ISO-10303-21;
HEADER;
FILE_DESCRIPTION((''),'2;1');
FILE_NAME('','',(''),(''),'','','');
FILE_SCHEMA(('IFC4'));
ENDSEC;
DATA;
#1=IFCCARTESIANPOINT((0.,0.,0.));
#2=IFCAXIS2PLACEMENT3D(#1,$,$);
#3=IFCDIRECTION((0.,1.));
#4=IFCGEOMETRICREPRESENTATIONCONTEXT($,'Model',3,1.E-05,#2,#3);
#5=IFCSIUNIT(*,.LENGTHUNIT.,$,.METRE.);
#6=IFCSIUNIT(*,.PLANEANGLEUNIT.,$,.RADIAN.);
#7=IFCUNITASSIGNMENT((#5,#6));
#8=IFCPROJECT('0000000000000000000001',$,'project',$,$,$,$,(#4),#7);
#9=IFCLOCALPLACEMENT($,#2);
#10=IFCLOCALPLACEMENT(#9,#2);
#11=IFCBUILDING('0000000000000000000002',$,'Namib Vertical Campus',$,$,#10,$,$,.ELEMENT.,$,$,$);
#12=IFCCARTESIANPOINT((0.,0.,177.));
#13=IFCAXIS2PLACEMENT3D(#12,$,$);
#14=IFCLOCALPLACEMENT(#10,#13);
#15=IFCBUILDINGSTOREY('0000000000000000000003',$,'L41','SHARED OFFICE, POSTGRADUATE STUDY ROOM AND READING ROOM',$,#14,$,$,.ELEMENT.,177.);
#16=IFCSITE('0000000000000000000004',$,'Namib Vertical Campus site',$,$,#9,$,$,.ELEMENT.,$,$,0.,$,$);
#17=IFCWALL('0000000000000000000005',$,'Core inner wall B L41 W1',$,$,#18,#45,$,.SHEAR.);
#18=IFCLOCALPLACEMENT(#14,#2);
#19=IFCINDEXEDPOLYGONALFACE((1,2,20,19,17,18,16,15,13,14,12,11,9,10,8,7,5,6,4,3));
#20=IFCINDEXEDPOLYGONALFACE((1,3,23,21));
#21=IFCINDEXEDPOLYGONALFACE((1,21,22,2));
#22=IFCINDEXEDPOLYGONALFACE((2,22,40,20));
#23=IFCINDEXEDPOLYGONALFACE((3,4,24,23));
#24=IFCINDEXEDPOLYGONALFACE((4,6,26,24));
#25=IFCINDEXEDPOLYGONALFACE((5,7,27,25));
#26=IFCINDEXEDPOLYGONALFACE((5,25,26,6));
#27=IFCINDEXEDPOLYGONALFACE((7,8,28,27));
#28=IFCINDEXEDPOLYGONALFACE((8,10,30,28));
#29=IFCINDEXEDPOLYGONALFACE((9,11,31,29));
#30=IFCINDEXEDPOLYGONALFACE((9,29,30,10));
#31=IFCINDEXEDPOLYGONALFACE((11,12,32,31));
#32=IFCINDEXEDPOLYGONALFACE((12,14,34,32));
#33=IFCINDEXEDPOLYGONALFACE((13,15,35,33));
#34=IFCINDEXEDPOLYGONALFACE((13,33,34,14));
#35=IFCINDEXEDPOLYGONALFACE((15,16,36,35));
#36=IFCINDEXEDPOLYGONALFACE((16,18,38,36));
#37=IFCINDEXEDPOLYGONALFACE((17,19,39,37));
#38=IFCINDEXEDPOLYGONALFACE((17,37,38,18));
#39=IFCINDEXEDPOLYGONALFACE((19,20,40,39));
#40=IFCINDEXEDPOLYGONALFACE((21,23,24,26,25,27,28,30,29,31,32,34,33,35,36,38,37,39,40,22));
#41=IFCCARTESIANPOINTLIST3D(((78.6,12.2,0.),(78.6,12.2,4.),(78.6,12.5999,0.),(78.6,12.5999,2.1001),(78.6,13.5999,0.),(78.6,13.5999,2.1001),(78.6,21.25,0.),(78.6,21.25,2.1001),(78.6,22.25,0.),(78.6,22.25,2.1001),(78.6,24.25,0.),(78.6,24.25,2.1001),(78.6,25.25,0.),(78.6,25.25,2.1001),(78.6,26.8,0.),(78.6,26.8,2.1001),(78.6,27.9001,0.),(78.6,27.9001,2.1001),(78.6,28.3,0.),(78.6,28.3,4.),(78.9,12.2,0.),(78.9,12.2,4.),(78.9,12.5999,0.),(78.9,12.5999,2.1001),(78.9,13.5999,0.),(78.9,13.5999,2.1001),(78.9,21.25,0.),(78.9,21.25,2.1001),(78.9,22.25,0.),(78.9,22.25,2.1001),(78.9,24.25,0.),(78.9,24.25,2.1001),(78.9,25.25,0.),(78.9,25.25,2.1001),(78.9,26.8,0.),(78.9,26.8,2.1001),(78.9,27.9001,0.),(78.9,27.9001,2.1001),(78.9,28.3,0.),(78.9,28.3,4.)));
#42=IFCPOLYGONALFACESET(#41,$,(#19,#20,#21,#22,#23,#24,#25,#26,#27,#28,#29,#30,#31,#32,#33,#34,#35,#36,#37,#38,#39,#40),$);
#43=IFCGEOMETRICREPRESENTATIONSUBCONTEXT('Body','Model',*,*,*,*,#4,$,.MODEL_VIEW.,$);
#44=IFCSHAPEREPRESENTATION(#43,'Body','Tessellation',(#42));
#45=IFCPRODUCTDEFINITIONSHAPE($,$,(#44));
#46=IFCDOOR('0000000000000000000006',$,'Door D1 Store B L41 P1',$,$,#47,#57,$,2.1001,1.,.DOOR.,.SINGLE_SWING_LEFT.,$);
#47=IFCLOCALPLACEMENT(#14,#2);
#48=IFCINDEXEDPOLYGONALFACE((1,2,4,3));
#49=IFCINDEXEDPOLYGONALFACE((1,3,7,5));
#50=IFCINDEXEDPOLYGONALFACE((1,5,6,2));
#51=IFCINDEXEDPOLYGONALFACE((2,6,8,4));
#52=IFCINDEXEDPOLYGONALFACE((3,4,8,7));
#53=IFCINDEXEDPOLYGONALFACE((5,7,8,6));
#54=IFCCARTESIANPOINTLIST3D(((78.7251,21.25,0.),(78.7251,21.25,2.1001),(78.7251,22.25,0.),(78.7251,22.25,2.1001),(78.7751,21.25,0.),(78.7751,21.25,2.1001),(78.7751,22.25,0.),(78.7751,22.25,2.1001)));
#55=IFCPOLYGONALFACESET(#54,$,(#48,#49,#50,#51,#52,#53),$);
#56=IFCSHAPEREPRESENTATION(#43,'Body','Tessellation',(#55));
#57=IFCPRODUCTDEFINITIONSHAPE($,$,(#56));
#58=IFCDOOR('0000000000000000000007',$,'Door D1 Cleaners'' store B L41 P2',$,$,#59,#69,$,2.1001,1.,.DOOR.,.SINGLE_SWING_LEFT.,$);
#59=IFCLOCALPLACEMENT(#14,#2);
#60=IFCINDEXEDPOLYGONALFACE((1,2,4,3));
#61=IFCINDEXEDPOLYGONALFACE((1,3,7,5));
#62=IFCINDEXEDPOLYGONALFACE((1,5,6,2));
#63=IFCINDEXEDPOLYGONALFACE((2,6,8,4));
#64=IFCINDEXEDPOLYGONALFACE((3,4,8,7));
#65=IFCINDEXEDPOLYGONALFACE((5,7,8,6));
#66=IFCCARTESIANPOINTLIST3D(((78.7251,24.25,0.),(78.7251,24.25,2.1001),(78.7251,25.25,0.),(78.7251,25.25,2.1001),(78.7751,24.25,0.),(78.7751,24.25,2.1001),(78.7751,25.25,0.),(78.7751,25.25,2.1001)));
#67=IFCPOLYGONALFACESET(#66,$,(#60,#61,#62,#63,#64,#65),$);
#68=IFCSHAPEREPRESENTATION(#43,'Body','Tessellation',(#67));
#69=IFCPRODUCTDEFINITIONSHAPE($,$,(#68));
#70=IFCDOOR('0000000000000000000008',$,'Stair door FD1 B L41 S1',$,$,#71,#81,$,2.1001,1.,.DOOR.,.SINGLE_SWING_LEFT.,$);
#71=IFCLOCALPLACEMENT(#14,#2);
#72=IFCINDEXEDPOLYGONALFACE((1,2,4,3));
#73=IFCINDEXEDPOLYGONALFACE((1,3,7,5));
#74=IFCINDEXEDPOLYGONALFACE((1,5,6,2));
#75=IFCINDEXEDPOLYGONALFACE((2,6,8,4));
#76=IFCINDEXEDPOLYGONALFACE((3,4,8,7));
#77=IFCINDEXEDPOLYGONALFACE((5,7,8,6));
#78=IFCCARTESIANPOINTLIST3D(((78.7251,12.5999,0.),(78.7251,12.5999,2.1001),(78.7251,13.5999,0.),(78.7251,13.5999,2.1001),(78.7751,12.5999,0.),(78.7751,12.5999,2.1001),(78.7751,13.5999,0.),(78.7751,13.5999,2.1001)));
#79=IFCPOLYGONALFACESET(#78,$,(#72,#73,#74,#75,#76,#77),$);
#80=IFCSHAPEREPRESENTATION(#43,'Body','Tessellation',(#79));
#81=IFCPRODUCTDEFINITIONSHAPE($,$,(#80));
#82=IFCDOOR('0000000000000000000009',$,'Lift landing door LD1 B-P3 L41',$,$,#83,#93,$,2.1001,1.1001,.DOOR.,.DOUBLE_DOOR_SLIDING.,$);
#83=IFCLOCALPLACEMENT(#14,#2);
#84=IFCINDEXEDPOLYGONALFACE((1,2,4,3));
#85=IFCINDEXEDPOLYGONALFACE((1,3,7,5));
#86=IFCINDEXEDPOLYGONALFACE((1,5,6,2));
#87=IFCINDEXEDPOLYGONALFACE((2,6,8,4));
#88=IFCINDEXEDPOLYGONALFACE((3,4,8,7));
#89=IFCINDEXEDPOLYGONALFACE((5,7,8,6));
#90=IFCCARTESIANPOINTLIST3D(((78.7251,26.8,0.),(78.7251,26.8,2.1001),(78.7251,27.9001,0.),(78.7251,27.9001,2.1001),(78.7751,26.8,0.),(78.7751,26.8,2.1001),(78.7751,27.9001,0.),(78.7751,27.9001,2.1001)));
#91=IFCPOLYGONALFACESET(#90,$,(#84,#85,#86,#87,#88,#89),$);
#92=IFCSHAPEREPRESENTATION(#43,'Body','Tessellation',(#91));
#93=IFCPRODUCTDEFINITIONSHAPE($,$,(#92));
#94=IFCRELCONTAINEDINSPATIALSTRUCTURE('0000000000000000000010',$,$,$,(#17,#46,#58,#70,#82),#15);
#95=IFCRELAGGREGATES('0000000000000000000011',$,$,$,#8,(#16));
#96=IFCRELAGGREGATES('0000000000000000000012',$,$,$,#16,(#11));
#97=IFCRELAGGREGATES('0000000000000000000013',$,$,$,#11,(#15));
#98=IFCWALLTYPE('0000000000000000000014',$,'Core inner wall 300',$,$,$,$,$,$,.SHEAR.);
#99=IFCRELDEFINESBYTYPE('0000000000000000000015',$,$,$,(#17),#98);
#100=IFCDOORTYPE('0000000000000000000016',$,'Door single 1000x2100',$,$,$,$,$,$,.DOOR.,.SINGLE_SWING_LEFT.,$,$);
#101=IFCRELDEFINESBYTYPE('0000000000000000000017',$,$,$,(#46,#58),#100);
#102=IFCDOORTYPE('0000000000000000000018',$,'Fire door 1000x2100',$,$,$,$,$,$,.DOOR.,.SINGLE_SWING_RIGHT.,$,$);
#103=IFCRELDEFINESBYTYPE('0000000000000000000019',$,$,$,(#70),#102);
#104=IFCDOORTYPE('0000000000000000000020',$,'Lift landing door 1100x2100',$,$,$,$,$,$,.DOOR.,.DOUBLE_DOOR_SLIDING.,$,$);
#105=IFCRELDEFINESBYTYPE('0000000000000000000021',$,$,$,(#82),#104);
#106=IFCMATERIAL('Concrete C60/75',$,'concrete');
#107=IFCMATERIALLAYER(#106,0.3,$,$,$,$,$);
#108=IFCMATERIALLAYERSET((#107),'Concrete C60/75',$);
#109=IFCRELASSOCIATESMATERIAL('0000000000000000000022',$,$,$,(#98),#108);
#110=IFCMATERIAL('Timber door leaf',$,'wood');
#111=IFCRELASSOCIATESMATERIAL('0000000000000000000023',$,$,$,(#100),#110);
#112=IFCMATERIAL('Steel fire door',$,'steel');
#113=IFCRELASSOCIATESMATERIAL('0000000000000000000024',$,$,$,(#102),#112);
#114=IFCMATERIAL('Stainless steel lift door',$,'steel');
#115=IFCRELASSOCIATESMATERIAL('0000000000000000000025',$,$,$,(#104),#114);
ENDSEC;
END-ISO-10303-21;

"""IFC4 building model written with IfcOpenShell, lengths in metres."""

from ifc_helpers import new_model, si_unit, direction, frame, frame_2d, origin, place, context, subcontext, project, spatial, rectangle, extrude, material, layer, layer_set, type_object, element, fill, save


model = new_model("IFC4")

# Units and contexts
model_context = context("Model", 3, precision=1e-05, world=origin(), true_north=direction((0.0, 1.0)))
body_context = subcontext(model_context, "Body", "Model", "MODEL_VIEW")
ifc_project = project(units=[si_unit("LENGTHUNIT", "METRE"), si_unit("PLANEANGLEUNIT", "RADIAN")], contexts=[model_context])

# Site, building, storey
site_placement = place(None, origin())
site = spatial("IfcSite", under=ifc_project, at=site_placement, Name="Namib Vertical Campus site", CompositionType="ELEMENT", RefElevation=0.0)
building_placement = place(site_placement, origin())
building = spatial("IfcBuilding", under=site, at=building_placement, Name="Namib Vertical Campus", CompositionType="ELEMENT")
storey_placement = place(building_placement, frame((0.0, 0.0, 177.0)))
storey = spatial("IfcBuildingStorey", under=building, at=storey_placement, Name="L41", Description="SHARED OFFICE, POSTGRADUATE STUDY ROOM AND READING ROOM", CompositionType="ELEMENT", Elevation=177.0)

# Wall, openings, doors
ifc_material_1 = material(Name="Concrete C60/75", Category="concrete")
ifc_layer_1 = layer(ifc_material_1, 0.3)
ifc_layer_set_1 = layer_set([ifc_layer_1], Name="Concrete C60/75")
wall_type_1 = type_object("IfcWallType", Name="Core inner wall 300", PredefinedType="SHEAR", material=ifc_layer_set_1)
wall_1_placement = place(storey_placement, frame((78.75, 12.2, 0.0), z_axis=(0.0, 0.0, 1.0), x_axis=(0.0, 1.0, 0.0)))
wall_1 = element("IfcWall", 1, at=wall_1_placement, inside=storey, type_object=wall_type_1, Name="Core inner wall B L41 W1", PredefinedType="SHEAR", context=body_context, shape_type="SweptSolid", body=[
    extrude(rectangle(XDim=16.1001, YDim=0.3, at=frame_2d((8.05, 0.0))), origin(), (0.0, 0.0, 1.0), 4.0),
])
opening_1_placement = place(wall_1_placement, frame((0.3999, 0.0, 0.0)))
opening_1 = element("IfcOpeningElement", 2, at=opening_1_placement, cuts=wall_1, PredefinedType="OPENING", context=body_context, shape_type="SweptSolid", body=[
    extrude(rectangle(XDim=1.0, YDim=2.1001, at=frame_2d((0.5, 1.05))), frame((0.0, 0.1599, 0.0), z_axis=(0.0, -1.0, 0.0), x_axis=(1.0, 0.0, 0.0)), (0.0, 0.0, 1.0), 0.3201),
])
opening_2_placement = place(wall_1_placement, frame((14.6001, 0.0, 0.0)))
opening_2 = element("IfcOpeningElement", 3, at=opening_2_placement, cuts=wall_1, PredefinedType="OPENING", context=body_context, shape_type="SweptSolid", body=[
    extrude(rectangle(XDim=1.1001, YDim=2.1001, at=frame_2d((0.55, 1.05))), frame((0.0, 0.1599, 0.0), z_axis=(0.0, -1.0, 0.0), x_axis=(1.0, 0.0, 0.0)), (0.0, 0.0, 1.0), 0.3201),
])
opening_3_placement = place(wall_1_placement, frame((9.05, 0.0, 0.0)))
opening_3 = element("IfcOpeningElement", 4, at=opening_3_placement, cuts=wall_1, PredefinedType="OPENING", context=body_context, shape_type="SweptSolid", body=[
    extrude(rectangle(XDim=1.0, YDim=2.1001, at=frame_2d((0.5, 1.05))), frame((0.0, 0.1599, 0.0), z_axis=(0.0, -1.0, 0.0), x_axis=(1.0, 0.0, 0.0)), (0.0, 0.0, 1.0), 0.3201),
])
opening_4_placement = place(wall_1_placement, frame((12.05, 0.0, 0.0)))
opening_4 = element("IfcOpeningElement", 5, at=opening_4_placement, cuts=wall_1, PredefinedType="OPENING", context=body_context, shape_type="SweptSolid", body=[
    extrude(rectangle(XDim=1.0, YDim=2.1001, at=frame_2d((0.5, 1.05))), frame((0.0, 0.1599, 0.0), z_axis=(0.0, -1.0, 0.0), x_axis=(1.0, 0.0, 0.0)), (0.0, 0.0, 1.0), 0.3201),
])
ifc_material_2 = material(Name="Timber door leaf", Category="wood")
door_type_1 = type_object("IfcDoorType", Name="Door single 1000x2100", OperationType="SINGLE_SWING_LEFT", PredefinedType="DOOR", material=ifc_material_2)
door_1_placement = place(opening_3_placement, origin())
door_1 = element("IfcDoor", 6, at=door_1_placement, inside=storey, type_object=door_type_1, Name="Door D1 Store B L41 P1", OperationType="SINGLE_SWING_LEFT", OverallHeight=2.1001, OverallWidth=1.0, PredefinedType="DOOR", context=body_context, shape_type="SweptSolid", body=[
    extrude(rectangle(XDim=1.0, YDim=2.1001, at=frame_2d((0.5, 1.05))), frame((0.0, 0.0249, 0.0), z_axis=(0.0, -1.0, 0.0), x_axis=(1.0, 0.0, 0.0)), (0.0, 0.0, 1.0), 0.05),
])
fill(opening_3, door_1)
door_2_placement = place(opening_4_placement, origin())
door_2 = element("IfcDoor", 7, at=door_2_placement, inside=storey, type_object=door_type_1, Name="Door D1 Cleaners' store B L41 P2", OperationType="SINGLE_SWING_LEFT", OverallHeight=2.1001, OverallWidth=1.0, PredefinedType="DOOR", context=body_context, shape_type="SweptSolid", body=[
    extrude(rectangle(XDim=1.0, YDim=2.1001, at=frame_2d((0.5, 1.05))), frame((0.0, 0.0249, 0.0), z_axis=(0.0, -1.0, 0.0), x_axis=(1.0, 0.0, 0.0)), (0.0, 0.0, 1.0), 0.05),
])
fill(opening_4, door_2)
ifc_material_3 = material(Name="Steel fire door", Category="steel")
door_type_2 = type_object("IfcDoorType", Name="Fire door 1000x2100", OperationType="SINGLE_SWING_RIGHT", PredefinedType="DOOR", material=ifc_material_3)
door_3_placement = place(opening_1_placement, origin())
door_3 = element("IfcDoor", 8, at=door_3_placement, inside=storey, type_object=door_type_2, Name="Stair door FD1 B L41 S1", OperationType="SINGLE_SWING_LEFT", OverallHeight=2.1001, OverallWidth=1.0, PredefinedType="DOOR", context=body_context, shape_type="SweptSolid", body=[
    extrude(rectangle(XDim=1.0, YDim=2.1001, at=frame_2d((0.5, 1.05))), frame((0.0, 0.0249, 0.0), z_axis=(0.0, -1.0, 0.0), x_axis=(1.0, 0.0, 0.0)), (0.0, 0.0, 1.0), 0.05),
])
fill(opening_1, door_3)
ifc_material_4 = material(Name="Stainless steel lift door", Category="steel")
door_type_3 = type_object("IfcDoorType", Name="Lift landing door 1100x2100", OperationType="DOUBLE_DOOR_SLIDING", PredefinedType="DOOR", material=ifc_material_4)
door_4_placement = place(opening_2_placement, origin())
door_4 = element("IfcDoor", 9, at=door_4_placement, inside=storey, type_object=door_type_3, Name="Lift landing door LD1 B-P3 L41", OperationType="DOUBLE_DOOR_SLIDING", OverallHeight=2.1001, OverallWidth=1.1001, PredefinedType="DOOR", context=body_context, shape_type="SweptSolid", body=[
    extrude(rectangle(XDim=1.1001, YDim=2.1001, at=frame_2d((0.55, 1.05))), frame((0.0, 0.0249, 0.0), z_axis=(0.0, -1.0, 0.0), x_axis=(1.0, 0.0, 0.0)), (0.0, 0.0, 1.0), 0.05),
])
fill(opening_2, door_4)

save(model, "model.ifc")
